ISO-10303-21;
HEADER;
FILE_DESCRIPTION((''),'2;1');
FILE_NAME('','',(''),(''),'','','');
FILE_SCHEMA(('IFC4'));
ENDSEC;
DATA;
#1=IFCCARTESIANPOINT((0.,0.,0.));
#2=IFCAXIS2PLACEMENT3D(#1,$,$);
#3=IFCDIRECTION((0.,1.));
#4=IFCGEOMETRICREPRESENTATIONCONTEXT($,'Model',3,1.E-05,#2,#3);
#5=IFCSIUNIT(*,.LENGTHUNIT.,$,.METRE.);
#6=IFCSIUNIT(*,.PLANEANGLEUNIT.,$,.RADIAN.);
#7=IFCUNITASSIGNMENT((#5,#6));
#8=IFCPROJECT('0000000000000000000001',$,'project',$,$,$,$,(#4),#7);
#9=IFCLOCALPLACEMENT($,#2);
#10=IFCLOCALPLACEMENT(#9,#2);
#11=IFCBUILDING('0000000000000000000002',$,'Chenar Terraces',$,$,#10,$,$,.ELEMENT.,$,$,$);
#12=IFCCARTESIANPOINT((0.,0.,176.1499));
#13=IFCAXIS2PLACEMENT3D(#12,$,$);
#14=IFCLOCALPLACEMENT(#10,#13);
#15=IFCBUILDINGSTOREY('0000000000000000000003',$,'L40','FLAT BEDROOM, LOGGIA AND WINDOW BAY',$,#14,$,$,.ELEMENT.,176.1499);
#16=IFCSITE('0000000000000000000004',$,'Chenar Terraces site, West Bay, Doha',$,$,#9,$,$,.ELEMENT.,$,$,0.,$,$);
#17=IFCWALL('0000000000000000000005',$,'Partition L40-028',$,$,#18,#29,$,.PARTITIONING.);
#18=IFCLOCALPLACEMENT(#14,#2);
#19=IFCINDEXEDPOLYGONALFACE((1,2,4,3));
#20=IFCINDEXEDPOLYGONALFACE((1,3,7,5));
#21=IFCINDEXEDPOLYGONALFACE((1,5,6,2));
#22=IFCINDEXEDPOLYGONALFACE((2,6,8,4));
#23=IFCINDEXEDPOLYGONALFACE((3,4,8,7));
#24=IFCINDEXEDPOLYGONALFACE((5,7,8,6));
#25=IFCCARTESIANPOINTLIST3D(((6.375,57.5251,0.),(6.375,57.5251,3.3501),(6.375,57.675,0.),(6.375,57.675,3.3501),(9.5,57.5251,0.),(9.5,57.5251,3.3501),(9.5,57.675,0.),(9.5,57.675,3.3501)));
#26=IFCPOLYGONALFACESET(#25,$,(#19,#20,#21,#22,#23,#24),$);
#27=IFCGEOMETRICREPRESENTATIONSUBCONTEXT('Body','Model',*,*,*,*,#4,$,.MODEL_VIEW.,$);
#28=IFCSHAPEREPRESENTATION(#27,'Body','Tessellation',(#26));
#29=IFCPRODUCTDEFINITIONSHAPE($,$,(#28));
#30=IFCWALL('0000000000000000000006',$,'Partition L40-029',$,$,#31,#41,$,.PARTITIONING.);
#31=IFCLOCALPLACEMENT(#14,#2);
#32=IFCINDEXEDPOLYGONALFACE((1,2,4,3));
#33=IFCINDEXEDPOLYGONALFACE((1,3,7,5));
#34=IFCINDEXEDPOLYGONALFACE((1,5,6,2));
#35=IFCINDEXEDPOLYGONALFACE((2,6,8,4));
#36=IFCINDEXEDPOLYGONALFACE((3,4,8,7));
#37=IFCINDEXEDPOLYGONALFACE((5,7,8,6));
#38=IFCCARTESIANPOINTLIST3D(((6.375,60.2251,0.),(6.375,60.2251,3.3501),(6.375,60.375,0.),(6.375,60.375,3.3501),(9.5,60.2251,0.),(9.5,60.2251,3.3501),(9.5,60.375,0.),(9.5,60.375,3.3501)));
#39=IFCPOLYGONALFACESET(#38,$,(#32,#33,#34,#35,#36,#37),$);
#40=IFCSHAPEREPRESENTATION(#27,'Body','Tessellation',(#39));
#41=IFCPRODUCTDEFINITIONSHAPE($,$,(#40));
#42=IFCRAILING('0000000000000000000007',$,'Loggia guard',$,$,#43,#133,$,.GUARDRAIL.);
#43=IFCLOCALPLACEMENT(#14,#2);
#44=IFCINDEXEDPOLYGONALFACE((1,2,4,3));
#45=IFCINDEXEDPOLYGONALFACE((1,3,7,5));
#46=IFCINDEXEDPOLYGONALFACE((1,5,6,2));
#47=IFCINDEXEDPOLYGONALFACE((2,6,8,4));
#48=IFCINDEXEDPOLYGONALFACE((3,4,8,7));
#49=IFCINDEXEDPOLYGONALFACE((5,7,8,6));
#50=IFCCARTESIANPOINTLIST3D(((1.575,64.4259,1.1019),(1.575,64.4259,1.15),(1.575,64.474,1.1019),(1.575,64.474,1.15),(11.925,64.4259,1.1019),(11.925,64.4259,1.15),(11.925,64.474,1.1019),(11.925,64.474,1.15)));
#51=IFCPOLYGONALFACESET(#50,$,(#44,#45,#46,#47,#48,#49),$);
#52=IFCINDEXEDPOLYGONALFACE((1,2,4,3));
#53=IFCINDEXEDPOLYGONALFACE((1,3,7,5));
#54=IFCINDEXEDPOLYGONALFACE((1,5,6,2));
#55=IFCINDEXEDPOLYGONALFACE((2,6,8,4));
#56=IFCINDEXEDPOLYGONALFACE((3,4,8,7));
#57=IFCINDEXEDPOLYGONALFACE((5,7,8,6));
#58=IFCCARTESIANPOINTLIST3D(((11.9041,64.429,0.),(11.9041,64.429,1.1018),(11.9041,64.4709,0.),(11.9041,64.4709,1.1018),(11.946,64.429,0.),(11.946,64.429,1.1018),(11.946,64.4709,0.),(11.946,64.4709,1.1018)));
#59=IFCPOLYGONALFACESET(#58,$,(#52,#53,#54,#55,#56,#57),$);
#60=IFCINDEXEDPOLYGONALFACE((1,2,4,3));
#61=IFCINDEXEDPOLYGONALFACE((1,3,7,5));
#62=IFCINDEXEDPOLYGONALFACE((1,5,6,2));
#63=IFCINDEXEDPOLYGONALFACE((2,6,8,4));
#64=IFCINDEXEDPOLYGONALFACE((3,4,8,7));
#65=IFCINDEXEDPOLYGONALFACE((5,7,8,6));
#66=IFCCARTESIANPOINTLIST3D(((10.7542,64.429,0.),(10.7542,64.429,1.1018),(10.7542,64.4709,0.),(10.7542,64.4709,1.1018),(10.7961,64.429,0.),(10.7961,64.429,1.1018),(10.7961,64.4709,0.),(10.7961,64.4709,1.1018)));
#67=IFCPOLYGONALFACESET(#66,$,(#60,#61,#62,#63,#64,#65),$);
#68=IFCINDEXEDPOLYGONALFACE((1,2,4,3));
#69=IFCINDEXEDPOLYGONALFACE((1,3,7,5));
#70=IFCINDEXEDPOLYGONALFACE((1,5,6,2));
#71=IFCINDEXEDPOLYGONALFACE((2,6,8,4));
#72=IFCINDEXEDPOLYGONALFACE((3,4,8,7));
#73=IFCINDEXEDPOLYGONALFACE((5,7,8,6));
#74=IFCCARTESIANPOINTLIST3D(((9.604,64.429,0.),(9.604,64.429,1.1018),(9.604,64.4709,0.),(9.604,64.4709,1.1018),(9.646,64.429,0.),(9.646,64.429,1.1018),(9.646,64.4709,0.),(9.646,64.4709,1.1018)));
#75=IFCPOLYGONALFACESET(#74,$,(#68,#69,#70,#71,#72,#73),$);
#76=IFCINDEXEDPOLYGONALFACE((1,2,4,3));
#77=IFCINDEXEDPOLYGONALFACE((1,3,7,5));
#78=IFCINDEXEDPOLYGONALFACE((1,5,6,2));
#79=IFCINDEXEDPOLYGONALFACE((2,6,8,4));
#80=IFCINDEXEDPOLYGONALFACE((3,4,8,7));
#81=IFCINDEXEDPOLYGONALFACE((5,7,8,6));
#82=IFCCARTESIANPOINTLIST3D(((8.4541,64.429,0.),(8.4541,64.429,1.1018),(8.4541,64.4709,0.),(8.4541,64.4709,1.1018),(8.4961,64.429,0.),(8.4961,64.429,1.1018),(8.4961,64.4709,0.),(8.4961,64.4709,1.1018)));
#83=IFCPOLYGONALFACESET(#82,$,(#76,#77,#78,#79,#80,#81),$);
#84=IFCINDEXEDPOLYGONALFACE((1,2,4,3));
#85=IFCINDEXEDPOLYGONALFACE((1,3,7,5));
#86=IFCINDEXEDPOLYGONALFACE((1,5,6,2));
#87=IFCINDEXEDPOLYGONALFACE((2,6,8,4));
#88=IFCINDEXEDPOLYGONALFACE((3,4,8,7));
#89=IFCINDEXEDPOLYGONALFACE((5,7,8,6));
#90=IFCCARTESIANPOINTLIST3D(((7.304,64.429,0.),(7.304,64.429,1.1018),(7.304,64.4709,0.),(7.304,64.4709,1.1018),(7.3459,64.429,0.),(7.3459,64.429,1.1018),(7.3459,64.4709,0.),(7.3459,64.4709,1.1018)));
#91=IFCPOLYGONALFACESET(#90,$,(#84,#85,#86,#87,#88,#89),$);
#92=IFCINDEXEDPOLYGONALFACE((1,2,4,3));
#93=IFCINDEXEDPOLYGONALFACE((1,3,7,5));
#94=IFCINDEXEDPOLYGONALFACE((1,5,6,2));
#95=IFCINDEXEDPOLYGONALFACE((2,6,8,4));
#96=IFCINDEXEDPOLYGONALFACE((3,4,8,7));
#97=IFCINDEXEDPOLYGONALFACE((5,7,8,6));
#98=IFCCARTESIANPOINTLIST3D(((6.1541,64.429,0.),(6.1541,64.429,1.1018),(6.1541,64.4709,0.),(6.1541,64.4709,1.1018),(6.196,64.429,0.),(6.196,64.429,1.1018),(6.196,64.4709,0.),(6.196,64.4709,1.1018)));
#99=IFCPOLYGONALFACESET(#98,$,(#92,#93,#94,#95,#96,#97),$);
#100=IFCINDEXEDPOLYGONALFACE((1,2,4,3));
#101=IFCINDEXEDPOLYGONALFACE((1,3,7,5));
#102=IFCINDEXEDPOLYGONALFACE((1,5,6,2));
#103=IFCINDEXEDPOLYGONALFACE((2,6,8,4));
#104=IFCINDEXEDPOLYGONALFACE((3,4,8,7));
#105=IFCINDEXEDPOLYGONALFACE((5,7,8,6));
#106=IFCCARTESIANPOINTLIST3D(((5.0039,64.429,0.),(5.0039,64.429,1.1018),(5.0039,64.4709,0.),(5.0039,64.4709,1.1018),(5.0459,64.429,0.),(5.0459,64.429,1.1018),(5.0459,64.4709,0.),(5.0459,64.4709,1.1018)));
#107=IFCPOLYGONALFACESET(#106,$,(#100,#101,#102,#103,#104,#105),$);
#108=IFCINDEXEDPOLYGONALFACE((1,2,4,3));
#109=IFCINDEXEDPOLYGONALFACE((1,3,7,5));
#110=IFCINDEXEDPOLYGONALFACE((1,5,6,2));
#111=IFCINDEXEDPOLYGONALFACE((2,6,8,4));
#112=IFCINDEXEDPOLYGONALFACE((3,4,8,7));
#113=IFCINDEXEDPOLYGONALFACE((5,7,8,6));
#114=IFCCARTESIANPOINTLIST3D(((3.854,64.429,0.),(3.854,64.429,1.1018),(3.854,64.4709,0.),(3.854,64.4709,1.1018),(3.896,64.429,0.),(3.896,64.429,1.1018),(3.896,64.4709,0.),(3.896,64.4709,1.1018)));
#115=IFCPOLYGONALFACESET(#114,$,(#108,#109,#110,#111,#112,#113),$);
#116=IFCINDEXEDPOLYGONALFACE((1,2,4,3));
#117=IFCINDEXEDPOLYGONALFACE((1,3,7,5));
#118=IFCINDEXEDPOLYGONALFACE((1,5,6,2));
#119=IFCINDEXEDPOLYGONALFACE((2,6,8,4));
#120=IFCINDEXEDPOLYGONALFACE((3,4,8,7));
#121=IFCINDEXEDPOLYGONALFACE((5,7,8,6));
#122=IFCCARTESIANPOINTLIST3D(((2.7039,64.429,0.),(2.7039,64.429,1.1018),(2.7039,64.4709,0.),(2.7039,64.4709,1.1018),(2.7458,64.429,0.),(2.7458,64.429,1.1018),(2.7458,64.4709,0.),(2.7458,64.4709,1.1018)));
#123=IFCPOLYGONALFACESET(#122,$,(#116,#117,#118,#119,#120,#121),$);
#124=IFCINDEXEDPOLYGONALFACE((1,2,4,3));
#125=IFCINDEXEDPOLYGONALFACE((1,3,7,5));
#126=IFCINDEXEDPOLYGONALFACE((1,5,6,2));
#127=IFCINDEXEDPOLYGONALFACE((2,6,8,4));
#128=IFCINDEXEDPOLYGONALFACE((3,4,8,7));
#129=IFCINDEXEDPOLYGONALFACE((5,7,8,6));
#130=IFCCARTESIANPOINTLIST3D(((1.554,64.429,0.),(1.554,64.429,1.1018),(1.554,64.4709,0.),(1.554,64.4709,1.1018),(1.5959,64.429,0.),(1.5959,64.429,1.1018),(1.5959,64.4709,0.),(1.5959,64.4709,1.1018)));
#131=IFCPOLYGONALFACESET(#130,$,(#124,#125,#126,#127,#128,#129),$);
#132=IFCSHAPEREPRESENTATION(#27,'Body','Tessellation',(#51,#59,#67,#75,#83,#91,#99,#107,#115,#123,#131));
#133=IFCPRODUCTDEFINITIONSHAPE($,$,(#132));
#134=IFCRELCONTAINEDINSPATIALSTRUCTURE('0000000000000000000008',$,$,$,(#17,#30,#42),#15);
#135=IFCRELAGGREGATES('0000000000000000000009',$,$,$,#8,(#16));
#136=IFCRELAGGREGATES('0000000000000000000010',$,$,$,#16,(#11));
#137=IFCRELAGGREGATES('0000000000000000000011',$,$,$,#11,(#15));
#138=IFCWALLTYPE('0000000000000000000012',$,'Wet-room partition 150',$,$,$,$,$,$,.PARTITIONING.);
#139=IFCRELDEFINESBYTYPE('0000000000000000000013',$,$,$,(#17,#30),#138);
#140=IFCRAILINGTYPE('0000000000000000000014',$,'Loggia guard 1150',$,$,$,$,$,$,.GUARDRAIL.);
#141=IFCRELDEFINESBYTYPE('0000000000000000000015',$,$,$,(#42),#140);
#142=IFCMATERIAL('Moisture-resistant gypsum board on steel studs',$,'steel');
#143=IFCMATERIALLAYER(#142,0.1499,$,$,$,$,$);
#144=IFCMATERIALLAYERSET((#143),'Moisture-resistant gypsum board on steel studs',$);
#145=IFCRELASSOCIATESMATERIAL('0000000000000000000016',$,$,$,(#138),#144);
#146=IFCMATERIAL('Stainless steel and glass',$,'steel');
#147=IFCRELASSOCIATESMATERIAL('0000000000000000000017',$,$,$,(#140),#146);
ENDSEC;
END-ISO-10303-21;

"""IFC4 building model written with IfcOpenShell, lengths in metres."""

from ifc_helpers import new_model, si_unit, direction, frame, frame_2d, origin, origin_2d, place, context, subcontext, project, spatial, rectangle, extrude, material, layer, layer_set, type_object, element, save


model = new_model("IFC4")

# Units and contexts
model_context = context("Model", 3, precision=1e-05, world=origin(), true_north=direction((0.0, 1.0)))
body_context = subcontext(model_context, "Body", "Model", "MODEL_VIEW")
ifc_project = project(units=[si_unit("LENGTHUNIT", "METRE"), si_unit("PLANEANGLEUNIT", "RADIAN")], contexts=[model_context])

# Site, building, storey
site_placement = place(None, origin())
site = spatial("IfcSite", under=ifc_project, at=site_placement, Name="Chenar Terraces site, West Bay, Doha", CompositionType="ELEMENT", RefElevation=0.0)
building_placement = place(site_placement, origin())
building = spatial("IfcBuilding", under=site, at=building_placement, Name="Chenar Terraces", CompositionType="ELEMENT")
storey_placement = place(building_placement, frame((0.0, 0.0, 176.1499)))
storey = spatial("IfcBuildingStorey", under=building, at=storey_placement, Name="L40", Description="FLAT BEDROOM, LOGGIA AND WINDOW BAY", CompositionType="ELEMENT", Elevation=176.1499)

# Shared definitions
ifc_material_1 = material(Name="Moisture-resistant gypsum board on steel studs", Category="steel")
ifc_layer_1 = layer(ifc_material_1, 0.1499)
ifc_layer_set_1 = layer_set([ifc_layer_1], Name="Moisture-resistant gypsum board on steel studs")
wall_type_1 = type_object("IfcWallType", Name="Wet-room partition 150", PredefinedType="PARTITIONING", material=ifc_layer_set_1)

# Walls
for number, where, z_axis, x_axis, name in (
    (1, (6.375, 57.6001, 0.0), (0.0, 0.0, 1.0), (1.0, 0.0, 0.0), "Partition L40-028"),
    (2, (6.375, 60.3, 0.0), (0.0, 0.0, 1.0), (1.0, 0.0, 0.0), "Partition L40-029"),
):
    element("IfcWall", number, at=place(storey_placement, frame(where, z_axis=z_axis, x_axis=x_axis)), inside=storey, type_object=wall_type_1, Name=name, PredefinedType="PARTITIONING", context=body_context, shape_type="SweptSolid", body=[
        extrude(rectangle(XDim=3.125, YDim=0.1499, at=frame_2d((1.5625, 0.0))), origin(), (0.0, 0.0, 1.0), 3.3501),
    ])

# Railing
ifc_material_2 = material(Name="Stainless steel and glass", Category="steel")
railing_type = type_object("IfcRailingType", Name="Loggia guard 1150", PredefinedType="GUARDRAIL", material=ifc_material_2)
railing_1_placement = place(storey_placement, frame((11.925, 64.45, 0.0)))
element("IfcRailing", 3, at=railing_1_placement, inside=storey, type_object=railing_type, Name="Loggia guard", PredefinedType="GUARDRAIL", context=body_context, shape_type="SweptSolid", body=[
    extrude(rectangle(XDim=0.0481, YDim=0.0481, at=origin_2d()), frame((0.0, 0.0, 1.126), z_axis=(-1.0, 0.0, 0.0), x_axis=(0.0, -1.0, 0.0)), (0.0, 0.0, 1.0), 10.3501),
    extrude(rectangle(XDim=0.042, YDim=0.042, at=origin_2d()), origin(), (0.0, 0.0, 1.0), 1.1018),
    extrude(rectangle(XDim=0.042, YDim=0.042, at=origin_2d()), frame((-1.1499, 0.0, 0.0)), (0.0, 0.0, 1.0), 1.1018),
    extrude(rectangle(XDim=0.042, YDim=0.042, at=origin_2d()), frame((-2.3, 0.0, 0.0)), (0.0, 0.0, 1.0), 1.1018),
    extrude(rectangle(XDim=0.042, YDim=0.042, at=origin_2d()), frame((-3.45, 0.0, 0.0)), (0.0, 0.0, 1.0), 1.1018),
    extrude(rectangle(XDim=0.042, YDim=0.042, at=origin_2d()), frame((-4.6001, 0.0, 0.0)), (0.0, 0.0, 1.0), 1.1018),
    extrude(rectangle(XDim=0.042, YDim=0.042, at=origin_2d()), frame((-5.75, 0.0, 0.0)), (0.0, 0.0, 1.0), 1.1018),
    extrude(rectangle(XDim=0.042, YDim=0.042, at=origin_2d()), frame((-6.9001, 0.0, 0.0)), (0.0, 0.0, 1.0), 1.1018),
    extrude(rectangle(XDim=0.042, YDim=0.042, at=origin_2d()), frame((-8.05, 0.0, 0.0)), (0.0, 0.0, 1.0), 1.1018),
    extrude(rectangle(XDim=0.042, YDim=0.042, at=origin_2d()), frame((-9.2002, 0.0, 0.0)), (0.0, 0.0, 1.0), 1.1018),
    extrude(rectangle(XDim=0.042, YDim=0.042, at=origin_2d()), frame((-10.3501, 0.0, 0.0)), (0.0, 0.0, 1.0), 1.1018),
])

save(model, "model.ifc")
